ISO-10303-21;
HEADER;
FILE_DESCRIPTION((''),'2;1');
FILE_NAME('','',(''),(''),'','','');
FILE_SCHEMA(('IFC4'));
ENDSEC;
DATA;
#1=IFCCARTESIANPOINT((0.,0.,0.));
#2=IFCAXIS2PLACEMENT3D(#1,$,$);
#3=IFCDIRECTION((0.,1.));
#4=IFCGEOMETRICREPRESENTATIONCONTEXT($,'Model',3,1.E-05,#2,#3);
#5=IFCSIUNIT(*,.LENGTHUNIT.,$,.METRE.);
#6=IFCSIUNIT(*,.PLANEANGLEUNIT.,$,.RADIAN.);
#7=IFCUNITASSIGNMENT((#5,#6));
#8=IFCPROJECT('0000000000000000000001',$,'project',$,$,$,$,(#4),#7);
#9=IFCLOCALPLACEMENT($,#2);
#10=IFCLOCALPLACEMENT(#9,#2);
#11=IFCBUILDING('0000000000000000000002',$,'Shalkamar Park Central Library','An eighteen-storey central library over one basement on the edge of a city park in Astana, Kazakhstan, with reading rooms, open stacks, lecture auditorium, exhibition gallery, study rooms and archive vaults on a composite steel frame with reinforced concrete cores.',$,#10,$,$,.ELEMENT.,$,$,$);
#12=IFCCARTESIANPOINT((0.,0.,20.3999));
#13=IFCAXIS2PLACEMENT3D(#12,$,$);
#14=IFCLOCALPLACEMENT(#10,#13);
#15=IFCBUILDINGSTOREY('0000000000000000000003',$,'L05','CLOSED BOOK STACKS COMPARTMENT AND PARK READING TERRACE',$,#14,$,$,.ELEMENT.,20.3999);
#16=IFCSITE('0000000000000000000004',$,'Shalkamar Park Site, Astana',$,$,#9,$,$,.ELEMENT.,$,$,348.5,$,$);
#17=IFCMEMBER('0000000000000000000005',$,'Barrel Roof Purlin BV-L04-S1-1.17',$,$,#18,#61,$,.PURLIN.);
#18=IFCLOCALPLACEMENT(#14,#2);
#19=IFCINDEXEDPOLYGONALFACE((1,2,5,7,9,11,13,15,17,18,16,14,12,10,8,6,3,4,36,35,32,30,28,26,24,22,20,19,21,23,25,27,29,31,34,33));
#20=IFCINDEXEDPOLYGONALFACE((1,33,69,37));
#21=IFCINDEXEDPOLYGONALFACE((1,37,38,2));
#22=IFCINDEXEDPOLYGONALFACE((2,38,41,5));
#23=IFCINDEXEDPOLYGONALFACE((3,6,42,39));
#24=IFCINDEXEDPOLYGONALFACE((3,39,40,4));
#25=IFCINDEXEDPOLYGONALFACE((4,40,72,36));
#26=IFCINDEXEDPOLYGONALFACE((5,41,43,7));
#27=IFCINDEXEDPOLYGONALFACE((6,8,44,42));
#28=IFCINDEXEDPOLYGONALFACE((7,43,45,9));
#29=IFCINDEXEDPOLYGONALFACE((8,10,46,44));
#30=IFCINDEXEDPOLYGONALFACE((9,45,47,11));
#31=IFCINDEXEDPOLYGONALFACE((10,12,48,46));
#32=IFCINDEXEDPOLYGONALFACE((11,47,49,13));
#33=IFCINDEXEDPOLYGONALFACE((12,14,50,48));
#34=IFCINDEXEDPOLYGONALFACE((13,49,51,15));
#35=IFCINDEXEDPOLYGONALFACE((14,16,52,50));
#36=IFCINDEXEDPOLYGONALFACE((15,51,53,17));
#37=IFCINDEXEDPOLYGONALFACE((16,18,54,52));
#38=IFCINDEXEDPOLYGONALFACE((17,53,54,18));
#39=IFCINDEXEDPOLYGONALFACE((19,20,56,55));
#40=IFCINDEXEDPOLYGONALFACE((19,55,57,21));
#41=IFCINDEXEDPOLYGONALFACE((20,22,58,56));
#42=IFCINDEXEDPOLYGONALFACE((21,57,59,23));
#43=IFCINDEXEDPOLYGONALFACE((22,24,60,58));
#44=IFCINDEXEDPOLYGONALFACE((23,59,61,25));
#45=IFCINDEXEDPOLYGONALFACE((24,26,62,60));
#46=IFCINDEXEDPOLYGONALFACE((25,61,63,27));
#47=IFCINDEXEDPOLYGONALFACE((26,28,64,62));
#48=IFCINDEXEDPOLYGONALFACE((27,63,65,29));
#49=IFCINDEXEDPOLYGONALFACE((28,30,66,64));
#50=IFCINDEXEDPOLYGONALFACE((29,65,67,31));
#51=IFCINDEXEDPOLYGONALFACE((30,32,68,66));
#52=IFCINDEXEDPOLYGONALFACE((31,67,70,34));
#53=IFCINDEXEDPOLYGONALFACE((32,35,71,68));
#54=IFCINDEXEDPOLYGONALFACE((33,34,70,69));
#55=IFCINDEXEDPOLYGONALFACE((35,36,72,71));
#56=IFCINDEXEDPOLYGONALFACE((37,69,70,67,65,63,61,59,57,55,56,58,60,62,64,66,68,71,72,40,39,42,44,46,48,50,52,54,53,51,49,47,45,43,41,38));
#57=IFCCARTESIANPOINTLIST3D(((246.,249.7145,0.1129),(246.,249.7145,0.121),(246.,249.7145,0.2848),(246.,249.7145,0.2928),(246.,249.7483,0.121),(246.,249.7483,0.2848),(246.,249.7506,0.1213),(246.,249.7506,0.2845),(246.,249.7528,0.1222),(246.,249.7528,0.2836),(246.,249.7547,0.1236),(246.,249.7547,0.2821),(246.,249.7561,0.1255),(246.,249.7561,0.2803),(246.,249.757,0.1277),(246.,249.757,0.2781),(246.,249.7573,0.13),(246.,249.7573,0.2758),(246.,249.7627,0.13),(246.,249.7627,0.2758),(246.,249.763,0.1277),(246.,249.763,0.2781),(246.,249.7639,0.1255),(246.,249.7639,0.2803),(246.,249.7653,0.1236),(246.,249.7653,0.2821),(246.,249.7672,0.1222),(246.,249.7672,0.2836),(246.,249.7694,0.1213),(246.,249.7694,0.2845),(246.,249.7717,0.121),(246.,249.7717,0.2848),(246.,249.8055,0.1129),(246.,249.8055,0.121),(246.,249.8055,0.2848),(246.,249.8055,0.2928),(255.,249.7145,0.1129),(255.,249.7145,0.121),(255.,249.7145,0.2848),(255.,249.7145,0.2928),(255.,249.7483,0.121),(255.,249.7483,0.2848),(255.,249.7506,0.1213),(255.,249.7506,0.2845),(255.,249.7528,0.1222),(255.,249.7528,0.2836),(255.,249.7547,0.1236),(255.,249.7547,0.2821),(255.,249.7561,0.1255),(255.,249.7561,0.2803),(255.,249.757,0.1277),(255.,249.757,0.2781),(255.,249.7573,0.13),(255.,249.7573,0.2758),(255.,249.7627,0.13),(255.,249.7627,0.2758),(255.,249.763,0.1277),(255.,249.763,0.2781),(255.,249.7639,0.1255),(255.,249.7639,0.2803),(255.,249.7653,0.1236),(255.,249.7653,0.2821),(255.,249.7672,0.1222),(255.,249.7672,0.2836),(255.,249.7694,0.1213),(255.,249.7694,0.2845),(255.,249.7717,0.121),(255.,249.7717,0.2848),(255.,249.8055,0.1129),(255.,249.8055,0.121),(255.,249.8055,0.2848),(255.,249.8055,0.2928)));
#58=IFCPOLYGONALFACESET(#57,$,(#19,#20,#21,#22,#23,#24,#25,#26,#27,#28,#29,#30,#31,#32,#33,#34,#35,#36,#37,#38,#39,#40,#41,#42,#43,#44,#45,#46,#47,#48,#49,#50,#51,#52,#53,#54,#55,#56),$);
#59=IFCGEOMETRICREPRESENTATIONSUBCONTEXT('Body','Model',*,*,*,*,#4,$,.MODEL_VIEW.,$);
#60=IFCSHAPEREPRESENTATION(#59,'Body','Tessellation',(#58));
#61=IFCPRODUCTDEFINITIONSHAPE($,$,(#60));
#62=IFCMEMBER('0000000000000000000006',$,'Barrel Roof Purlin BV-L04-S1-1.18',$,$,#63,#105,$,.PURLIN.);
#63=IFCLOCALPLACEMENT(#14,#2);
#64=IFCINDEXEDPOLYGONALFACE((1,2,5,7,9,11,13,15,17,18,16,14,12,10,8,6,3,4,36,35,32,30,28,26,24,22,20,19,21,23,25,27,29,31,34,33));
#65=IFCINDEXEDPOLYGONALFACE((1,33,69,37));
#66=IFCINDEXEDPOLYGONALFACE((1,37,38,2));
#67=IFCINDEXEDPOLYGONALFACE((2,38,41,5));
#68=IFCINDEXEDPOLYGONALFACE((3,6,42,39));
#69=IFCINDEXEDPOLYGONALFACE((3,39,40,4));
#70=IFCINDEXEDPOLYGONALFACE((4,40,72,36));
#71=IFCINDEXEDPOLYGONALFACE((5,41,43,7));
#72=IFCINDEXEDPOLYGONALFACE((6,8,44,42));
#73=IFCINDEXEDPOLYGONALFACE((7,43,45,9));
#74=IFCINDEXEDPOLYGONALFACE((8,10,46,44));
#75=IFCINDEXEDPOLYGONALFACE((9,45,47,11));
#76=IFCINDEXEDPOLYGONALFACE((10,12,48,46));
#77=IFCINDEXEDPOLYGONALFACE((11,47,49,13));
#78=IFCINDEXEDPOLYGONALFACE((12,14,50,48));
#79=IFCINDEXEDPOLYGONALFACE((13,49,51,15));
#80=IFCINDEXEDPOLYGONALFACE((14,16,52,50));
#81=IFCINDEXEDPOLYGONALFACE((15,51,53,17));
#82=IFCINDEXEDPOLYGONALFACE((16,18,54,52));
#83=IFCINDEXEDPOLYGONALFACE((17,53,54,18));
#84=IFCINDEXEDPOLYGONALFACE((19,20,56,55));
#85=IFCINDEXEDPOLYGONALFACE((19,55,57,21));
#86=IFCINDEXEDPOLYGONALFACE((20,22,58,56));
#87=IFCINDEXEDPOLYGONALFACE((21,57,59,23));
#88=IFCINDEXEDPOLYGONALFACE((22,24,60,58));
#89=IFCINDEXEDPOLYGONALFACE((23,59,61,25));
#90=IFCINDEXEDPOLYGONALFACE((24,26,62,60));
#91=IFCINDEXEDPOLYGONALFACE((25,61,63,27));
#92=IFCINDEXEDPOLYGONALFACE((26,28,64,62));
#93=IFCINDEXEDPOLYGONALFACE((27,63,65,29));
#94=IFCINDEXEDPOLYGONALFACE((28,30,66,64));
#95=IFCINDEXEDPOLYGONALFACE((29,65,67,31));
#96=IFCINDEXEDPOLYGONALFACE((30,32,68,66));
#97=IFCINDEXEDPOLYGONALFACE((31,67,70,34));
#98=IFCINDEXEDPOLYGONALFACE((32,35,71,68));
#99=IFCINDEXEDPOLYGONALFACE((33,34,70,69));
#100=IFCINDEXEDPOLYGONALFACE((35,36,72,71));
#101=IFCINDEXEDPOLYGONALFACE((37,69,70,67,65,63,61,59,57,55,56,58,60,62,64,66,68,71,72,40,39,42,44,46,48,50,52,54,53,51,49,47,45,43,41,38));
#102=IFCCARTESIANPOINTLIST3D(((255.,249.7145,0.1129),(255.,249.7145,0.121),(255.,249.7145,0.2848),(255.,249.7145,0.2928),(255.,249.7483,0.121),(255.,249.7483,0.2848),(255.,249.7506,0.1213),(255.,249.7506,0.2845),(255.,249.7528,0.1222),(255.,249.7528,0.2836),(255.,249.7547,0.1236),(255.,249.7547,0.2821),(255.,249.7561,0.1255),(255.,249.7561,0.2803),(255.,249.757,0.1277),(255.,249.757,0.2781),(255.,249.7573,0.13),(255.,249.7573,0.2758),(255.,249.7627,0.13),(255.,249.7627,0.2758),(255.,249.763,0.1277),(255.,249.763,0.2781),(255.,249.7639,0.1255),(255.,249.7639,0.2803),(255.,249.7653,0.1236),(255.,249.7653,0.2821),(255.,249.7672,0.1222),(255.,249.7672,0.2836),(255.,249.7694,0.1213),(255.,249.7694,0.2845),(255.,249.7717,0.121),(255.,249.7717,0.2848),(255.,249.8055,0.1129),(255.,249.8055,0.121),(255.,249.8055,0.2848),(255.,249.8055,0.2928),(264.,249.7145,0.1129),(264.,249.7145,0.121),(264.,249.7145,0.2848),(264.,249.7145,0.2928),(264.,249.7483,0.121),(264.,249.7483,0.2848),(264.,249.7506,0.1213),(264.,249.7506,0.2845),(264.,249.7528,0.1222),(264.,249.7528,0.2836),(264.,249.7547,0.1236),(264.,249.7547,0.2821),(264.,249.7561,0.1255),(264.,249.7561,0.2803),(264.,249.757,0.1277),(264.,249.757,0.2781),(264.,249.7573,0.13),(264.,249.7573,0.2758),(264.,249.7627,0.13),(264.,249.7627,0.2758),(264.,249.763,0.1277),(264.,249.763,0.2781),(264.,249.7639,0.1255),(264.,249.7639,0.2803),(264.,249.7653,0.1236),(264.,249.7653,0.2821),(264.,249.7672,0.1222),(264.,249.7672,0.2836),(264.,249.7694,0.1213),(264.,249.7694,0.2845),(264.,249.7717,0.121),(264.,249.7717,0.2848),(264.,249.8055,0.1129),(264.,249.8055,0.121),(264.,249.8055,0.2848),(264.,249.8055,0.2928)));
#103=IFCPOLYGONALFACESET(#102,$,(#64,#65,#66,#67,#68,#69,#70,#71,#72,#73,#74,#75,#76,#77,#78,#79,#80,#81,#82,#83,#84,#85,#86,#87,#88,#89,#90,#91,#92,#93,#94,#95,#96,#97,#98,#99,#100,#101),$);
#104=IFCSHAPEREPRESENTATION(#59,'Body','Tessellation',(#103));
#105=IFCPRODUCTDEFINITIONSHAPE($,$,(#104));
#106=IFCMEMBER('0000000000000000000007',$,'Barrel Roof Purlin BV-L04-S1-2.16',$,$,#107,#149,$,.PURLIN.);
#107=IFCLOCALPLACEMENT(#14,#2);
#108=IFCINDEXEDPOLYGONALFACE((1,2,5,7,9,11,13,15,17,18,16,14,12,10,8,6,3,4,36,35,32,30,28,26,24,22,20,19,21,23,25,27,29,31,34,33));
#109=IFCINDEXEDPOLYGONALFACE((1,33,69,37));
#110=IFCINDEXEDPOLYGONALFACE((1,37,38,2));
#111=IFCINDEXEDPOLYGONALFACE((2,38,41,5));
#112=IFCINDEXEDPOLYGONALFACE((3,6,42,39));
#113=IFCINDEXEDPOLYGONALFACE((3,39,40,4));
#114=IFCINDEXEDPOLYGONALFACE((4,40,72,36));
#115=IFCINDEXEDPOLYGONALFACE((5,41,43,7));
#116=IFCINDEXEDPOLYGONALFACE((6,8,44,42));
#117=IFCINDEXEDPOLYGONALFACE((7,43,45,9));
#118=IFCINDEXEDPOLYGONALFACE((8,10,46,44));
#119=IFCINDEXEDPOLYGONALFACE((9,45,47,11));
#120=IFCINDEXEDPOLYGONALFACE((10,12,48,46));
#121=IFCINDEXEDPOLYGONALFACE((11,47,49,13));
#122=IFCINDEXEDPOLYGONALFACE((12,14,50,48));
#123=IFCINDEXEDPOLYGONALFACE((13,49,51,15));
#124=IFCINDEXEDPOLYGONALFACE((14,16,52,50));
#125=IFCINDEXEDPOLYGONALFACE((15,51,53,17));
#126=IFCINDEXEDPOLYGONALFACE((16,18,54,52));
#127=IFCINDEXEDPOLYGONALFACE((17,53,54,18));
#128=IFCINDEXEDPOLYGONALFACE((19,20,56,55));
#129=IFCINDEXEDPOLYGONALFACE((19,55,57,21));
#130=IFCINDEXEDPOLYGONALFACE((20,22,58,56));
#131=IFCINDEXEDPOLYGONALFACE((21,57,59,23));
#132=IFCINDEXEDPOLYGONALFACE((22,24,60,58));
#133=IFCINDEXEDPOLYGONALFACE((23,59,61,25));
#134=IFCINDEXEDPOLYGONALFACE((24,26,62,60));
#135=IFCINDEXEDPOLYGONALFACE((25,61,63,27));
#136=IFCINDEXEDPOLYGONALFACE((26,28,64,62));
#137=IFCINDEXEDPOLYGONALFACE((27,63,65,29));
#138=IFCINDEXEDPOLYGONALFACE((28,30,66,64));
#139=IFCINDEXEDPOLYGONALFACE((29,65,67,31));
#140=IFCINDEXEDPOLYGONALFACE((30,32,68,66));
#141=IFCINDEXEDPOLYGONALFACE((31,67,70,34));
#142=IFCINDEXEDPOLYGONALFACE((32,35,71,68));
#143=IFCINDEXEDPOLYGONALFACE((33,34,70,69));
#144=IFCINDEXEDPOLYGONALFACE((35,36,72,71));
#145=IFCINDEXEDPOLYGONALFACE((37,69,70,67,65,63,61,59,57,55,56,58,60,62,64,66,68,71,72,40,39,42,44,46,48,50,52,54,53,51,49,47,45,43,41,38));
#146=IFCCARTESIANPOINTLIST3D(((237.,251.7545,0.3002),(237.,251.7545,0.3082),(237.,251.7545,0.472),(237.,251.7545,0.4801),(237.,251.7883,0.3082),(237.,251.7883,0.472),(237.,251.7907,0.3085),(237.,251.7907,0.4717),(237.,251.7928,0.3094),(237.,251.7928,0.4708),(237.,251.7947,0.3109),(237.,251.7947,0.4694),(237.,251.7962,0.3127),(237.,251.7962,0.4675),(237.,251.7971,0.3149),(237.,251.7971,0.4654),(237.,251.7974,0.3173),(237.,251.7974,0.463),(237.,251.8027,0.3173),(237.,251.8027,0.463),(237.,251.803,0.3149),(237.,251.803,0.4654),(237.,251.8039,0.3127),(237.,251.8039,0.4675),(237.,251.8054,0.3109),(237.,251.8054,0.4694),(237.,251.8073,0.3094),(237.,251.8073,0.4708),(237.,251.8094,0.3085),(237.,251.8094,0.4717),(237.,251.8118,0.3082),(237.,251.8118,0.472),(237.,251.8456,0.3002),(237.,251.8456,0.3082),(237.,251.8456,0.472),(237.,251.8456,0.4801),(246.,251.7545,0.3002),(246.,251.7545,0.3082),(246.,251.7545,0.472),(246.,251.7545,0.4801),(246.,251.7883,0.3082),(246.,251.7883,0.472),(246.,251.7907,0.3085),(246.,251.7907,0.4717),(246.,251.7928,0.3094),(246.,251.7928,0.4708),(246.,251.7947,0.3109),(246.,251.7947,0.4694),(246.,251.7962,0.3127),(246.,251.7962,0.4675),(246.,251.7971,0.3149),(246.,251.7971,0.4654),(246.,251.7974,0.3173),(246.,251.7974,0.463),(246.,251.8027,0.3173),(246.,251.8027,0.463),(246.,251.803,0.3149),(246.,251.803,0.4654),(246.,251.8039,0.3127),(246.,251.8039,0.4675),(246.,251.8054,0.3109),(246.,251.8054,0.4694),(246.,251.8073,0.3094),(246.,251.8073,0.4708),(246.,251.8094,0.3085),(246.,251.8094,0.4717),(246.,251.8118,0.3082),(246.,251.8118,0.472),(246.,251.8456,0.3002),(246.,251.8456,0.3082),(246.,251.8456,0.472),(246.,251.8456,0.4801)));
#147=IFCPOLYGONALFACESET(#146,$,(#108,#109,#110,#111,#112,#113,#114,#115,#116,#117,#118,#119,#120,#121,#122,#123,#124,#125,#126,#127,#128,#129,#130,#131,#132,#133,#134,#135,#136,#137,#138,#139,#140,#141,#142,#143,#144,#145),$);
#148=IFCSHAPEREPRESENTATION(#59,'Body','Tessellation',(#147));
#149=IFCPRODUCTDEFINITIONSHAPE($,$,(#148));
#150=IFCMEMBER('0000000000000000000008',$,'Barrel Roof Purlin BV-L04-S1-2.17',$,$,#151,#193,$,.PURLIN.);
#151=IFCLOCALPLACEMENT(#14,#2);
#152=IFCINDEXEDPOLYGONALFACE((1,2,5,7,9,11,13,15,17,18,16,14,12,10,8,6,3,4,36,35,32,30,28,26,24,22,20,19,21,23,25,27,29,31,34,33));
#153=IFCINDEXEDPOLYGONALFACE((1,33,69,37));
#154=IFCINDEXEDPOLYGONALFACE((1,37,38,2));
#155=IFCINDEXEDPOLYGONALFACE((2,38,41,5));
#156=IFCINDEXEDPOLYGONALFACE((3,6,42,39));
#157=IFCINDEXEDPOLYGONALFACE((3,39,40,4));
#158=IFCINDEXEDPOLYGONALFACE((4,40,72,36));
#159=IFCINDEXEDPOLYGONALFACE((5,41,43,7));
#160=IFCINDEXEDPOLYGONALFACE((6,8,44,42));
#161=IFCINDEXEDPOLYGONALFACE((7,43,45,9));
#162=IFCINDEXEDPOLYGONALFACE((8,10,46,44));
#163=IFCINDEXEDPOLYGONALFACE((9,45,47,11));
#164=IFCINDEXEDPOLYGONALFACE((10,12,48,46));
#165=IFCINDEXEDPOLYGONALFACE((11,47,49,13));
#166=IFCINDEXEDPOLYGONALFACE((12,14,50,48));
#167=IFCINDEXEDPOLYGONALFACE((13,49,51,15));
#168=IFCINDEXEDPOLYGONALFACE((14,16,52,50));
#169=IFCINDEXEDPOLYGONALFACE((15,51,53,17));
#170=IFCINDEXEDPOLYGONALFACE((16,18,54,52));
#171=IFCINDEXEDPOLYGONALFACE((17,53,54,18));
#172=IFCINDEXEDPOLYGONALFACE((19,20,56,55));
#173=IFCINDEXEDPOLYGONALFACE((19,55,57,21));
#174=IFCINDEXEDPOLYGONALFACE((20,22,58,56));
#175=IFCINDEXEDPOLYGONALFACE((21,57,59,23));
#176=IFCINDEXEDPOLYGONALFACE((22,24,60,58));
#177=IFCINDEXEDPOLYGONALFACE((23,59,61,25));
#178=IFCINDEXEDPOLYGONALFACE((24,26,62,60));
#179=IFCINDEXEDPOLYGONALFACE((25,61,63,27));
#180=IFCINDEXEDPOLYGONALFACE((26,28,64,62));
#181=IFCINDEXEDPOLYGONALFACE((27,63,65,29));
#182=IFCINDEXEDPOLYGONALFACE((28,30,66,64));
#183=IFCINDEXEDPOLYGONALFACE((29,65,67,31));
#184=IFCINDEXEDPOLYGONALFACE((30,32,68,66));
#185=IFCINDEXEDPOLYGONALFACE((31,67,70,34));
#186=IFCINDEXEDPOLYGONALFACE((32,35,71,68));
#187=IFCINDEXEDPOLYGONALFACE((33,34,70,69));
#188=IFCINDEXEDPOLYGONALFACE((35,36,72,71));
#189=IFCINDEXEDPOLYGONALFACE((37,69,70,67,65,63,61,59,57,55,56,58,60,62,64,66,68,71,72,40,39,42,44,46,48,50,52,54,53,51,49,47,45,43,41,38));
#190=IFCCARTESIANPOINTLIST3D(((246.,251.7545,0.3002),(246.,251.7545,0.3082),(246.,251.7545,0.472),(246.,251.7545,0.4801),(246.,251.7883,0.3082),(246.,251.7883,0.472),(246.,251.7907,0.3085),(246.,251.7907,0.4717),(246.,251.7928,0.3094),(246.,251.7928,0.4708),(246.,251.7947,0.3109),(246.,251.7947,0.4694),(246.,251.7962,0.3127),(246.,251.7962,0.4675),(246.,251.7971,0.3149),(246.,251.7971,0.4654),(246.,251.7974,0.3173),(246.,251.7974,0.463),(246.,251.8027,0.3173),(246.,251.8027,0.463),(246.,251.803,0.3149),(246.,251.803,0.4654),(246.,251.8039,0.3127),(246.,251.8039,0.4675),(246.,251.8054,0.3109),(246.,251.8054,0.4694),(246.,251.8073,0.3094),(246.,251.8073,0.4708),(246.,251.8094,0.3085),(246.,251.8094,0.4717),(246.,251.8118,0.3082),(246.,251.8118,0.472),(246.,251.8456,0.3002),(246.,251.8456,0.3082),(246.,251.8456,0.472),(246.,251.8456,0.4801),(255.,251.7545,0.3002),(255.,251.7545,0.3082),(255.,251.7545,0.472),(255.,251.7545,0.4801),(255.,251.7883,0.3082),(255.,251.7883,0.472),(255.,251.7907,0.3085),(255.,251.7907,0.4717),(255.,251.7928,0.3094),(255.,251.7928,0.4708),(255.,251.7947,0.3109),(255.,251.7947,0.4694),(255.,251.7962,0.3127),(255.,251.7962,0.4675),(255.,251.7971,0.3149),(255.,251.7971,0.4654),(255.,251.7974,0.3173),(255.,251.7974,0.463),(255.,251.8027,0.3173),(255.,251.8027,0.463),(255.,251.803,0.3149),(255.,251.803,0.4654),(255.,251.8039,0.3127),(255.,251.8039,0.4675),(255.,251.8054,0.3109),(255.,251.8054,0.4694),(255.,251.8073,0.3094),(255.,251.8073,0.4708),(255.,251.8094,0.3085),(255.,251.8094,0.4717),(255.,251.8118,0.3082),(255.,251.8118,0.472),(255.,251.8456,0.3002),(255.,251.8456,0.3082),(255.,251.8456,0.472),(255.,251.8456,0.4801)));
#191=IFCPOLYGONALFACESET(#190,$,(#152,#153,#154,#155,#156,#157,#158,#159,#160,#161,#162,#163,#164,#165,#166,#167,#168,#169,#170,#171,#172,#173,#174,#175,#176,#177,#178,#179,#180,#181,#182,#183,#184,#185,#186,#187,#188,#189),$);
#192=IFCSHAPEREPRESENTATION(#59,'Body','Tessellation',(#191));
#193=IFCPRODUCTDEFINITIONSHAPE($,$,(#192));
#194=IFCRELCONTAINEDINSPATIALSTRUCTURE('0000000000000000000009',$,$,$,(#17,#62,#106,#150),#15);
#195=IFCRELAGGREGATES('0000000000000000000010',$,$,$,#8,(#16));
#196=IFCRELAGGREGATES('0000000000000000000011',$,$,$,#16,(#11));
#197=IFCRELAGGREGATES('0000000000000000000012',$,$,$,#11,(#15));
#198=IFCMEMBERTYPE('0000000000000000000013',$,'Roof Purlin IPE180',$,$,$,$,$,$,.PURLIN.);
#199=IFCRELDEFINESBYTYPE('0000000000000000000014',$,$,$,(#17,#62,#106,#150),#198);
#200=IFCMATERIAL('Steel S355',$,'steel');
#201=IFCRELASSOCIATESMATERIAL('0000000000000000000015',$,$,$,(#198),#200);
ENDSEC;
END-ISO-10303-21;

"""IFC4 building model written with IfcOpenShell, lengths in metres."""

from ifc_helpers import new_model, si_unit, direction, frame, origin, origin_2d, place, context, subcontext, project, spatial, i_section, extrude, material, material_profile, profile_set, type_object, element, save


model = new_model("IFC4")

# Units and contexts
model_context = context("Model", 3, precision=1e-05, world=origin(), true_north=direction((0.0, 1.0)))
body_context = subcontext(model_context, "Body", "Model", "MODEL_VIEW")
ifc_project = project(units=[si_unit("LENGTHUNIT", "METRE"), si_unit("PLANEANGLEUNIT", "RADIAN")], contexts=[model_context])

# Site, building, storey
site_placement = place(None, origin())
site = spatial("IfcSite", under=ifc_project, at=site_placement, Name="Shalkamar Park Site, Astana", CompositionType="ELEMENT", RefElevation=348.5)
building_placement = place(site_placement, origin())
building = spatial("IfcBuilding", under=site, at=building_placement, Name="Shalkamar Park Central Library", Description="An eighteen-storey central library over one basement on the edge of a city park in Astana, Kazakhstan, with reading rooms, open stacks, lecture auditorium, exhibition gallery, study rooms and archive vaults on a composite steel frame with reinforced concrete cores.", CompositionType="ELEMENT")
storey_placement = place(building_placement, frame((0.0, 0.0, 20.3999)))
storey = spatial("IfcBuildingStorey", under=building, at=storey_placement, Name="L05", Description="CLOSED BOOK STACKS COMPARTMENT AND PARK READING TERRACE", CompositionType="ELEMENT", Elevation=20.3999)

# Members
ifc_material = material(Name="Steel S355", Category="steel")
ifc_material_profile_1 = material_profile(ifc_material, i_section(OverallWidth=0.0911, OverallDepth=0.1799, WebThickness=0.0054, FlangeThickness=0.0081, FilletRadius=0.009, at=origin_2d()), Name="IPE 180")
ifc_profile_set_1 = profile_set([ifc_material_profile_1], Name="Steel S355")
member_type_1 = type_object("IfcMemberType", Name="Roof Purlin IPE180", PredefinedType="PURLIN", material=ifc_profile_set_1)
for number, where, z_axis, x_axis, name in (
    (1, (246.0, 249.76, 0.2029), (1.0, 0.0, 0.0), (0.0, 1.0, 0.0), "Barrel Roof Purlin BV-L04-S1-1.17"),
    (2, (255.0, 249.76, 0.2029), (1.0, 0.0, 0.0), (0.0, 1.0, 0.0), "Barrel Roof Purlin BV-L04-S1-1.18"),
    (3, (237.0, 251.8, 0.3901), (1.0, 0.0, 0.0), (0.0, 1.0, 0.0), "Barrel Roof Purlin BV-L04-S1-2.16"),
    (4, (246.0, 251.8, 0.3901), (1.0, 0.0, 0.0), (0.0, 1.0, 0.0), "Barrel Roof Purlin BV-L04-S1-2.17"),
):
    element("IfcMember", number, at=place(storey_placement, frame(where, z_axis=z_axis, x_axis=x_axis)), inside=storey, type_object=member_type_1, Name=name, PredefinedType="PURLIN", context=body_context, shape_type="SweptSolid", body=[
        extrude(i_section(OverallWidth=0.0911, OverallDepth=0.1799, WebThickness=0.0054, FlangeThickness=0.0081, FilletRadius=0.009, at=origin_2d()), origin(), (0.0, 0.0, 1.0), 9.0),
    ])

save(model, "model.ifc")
